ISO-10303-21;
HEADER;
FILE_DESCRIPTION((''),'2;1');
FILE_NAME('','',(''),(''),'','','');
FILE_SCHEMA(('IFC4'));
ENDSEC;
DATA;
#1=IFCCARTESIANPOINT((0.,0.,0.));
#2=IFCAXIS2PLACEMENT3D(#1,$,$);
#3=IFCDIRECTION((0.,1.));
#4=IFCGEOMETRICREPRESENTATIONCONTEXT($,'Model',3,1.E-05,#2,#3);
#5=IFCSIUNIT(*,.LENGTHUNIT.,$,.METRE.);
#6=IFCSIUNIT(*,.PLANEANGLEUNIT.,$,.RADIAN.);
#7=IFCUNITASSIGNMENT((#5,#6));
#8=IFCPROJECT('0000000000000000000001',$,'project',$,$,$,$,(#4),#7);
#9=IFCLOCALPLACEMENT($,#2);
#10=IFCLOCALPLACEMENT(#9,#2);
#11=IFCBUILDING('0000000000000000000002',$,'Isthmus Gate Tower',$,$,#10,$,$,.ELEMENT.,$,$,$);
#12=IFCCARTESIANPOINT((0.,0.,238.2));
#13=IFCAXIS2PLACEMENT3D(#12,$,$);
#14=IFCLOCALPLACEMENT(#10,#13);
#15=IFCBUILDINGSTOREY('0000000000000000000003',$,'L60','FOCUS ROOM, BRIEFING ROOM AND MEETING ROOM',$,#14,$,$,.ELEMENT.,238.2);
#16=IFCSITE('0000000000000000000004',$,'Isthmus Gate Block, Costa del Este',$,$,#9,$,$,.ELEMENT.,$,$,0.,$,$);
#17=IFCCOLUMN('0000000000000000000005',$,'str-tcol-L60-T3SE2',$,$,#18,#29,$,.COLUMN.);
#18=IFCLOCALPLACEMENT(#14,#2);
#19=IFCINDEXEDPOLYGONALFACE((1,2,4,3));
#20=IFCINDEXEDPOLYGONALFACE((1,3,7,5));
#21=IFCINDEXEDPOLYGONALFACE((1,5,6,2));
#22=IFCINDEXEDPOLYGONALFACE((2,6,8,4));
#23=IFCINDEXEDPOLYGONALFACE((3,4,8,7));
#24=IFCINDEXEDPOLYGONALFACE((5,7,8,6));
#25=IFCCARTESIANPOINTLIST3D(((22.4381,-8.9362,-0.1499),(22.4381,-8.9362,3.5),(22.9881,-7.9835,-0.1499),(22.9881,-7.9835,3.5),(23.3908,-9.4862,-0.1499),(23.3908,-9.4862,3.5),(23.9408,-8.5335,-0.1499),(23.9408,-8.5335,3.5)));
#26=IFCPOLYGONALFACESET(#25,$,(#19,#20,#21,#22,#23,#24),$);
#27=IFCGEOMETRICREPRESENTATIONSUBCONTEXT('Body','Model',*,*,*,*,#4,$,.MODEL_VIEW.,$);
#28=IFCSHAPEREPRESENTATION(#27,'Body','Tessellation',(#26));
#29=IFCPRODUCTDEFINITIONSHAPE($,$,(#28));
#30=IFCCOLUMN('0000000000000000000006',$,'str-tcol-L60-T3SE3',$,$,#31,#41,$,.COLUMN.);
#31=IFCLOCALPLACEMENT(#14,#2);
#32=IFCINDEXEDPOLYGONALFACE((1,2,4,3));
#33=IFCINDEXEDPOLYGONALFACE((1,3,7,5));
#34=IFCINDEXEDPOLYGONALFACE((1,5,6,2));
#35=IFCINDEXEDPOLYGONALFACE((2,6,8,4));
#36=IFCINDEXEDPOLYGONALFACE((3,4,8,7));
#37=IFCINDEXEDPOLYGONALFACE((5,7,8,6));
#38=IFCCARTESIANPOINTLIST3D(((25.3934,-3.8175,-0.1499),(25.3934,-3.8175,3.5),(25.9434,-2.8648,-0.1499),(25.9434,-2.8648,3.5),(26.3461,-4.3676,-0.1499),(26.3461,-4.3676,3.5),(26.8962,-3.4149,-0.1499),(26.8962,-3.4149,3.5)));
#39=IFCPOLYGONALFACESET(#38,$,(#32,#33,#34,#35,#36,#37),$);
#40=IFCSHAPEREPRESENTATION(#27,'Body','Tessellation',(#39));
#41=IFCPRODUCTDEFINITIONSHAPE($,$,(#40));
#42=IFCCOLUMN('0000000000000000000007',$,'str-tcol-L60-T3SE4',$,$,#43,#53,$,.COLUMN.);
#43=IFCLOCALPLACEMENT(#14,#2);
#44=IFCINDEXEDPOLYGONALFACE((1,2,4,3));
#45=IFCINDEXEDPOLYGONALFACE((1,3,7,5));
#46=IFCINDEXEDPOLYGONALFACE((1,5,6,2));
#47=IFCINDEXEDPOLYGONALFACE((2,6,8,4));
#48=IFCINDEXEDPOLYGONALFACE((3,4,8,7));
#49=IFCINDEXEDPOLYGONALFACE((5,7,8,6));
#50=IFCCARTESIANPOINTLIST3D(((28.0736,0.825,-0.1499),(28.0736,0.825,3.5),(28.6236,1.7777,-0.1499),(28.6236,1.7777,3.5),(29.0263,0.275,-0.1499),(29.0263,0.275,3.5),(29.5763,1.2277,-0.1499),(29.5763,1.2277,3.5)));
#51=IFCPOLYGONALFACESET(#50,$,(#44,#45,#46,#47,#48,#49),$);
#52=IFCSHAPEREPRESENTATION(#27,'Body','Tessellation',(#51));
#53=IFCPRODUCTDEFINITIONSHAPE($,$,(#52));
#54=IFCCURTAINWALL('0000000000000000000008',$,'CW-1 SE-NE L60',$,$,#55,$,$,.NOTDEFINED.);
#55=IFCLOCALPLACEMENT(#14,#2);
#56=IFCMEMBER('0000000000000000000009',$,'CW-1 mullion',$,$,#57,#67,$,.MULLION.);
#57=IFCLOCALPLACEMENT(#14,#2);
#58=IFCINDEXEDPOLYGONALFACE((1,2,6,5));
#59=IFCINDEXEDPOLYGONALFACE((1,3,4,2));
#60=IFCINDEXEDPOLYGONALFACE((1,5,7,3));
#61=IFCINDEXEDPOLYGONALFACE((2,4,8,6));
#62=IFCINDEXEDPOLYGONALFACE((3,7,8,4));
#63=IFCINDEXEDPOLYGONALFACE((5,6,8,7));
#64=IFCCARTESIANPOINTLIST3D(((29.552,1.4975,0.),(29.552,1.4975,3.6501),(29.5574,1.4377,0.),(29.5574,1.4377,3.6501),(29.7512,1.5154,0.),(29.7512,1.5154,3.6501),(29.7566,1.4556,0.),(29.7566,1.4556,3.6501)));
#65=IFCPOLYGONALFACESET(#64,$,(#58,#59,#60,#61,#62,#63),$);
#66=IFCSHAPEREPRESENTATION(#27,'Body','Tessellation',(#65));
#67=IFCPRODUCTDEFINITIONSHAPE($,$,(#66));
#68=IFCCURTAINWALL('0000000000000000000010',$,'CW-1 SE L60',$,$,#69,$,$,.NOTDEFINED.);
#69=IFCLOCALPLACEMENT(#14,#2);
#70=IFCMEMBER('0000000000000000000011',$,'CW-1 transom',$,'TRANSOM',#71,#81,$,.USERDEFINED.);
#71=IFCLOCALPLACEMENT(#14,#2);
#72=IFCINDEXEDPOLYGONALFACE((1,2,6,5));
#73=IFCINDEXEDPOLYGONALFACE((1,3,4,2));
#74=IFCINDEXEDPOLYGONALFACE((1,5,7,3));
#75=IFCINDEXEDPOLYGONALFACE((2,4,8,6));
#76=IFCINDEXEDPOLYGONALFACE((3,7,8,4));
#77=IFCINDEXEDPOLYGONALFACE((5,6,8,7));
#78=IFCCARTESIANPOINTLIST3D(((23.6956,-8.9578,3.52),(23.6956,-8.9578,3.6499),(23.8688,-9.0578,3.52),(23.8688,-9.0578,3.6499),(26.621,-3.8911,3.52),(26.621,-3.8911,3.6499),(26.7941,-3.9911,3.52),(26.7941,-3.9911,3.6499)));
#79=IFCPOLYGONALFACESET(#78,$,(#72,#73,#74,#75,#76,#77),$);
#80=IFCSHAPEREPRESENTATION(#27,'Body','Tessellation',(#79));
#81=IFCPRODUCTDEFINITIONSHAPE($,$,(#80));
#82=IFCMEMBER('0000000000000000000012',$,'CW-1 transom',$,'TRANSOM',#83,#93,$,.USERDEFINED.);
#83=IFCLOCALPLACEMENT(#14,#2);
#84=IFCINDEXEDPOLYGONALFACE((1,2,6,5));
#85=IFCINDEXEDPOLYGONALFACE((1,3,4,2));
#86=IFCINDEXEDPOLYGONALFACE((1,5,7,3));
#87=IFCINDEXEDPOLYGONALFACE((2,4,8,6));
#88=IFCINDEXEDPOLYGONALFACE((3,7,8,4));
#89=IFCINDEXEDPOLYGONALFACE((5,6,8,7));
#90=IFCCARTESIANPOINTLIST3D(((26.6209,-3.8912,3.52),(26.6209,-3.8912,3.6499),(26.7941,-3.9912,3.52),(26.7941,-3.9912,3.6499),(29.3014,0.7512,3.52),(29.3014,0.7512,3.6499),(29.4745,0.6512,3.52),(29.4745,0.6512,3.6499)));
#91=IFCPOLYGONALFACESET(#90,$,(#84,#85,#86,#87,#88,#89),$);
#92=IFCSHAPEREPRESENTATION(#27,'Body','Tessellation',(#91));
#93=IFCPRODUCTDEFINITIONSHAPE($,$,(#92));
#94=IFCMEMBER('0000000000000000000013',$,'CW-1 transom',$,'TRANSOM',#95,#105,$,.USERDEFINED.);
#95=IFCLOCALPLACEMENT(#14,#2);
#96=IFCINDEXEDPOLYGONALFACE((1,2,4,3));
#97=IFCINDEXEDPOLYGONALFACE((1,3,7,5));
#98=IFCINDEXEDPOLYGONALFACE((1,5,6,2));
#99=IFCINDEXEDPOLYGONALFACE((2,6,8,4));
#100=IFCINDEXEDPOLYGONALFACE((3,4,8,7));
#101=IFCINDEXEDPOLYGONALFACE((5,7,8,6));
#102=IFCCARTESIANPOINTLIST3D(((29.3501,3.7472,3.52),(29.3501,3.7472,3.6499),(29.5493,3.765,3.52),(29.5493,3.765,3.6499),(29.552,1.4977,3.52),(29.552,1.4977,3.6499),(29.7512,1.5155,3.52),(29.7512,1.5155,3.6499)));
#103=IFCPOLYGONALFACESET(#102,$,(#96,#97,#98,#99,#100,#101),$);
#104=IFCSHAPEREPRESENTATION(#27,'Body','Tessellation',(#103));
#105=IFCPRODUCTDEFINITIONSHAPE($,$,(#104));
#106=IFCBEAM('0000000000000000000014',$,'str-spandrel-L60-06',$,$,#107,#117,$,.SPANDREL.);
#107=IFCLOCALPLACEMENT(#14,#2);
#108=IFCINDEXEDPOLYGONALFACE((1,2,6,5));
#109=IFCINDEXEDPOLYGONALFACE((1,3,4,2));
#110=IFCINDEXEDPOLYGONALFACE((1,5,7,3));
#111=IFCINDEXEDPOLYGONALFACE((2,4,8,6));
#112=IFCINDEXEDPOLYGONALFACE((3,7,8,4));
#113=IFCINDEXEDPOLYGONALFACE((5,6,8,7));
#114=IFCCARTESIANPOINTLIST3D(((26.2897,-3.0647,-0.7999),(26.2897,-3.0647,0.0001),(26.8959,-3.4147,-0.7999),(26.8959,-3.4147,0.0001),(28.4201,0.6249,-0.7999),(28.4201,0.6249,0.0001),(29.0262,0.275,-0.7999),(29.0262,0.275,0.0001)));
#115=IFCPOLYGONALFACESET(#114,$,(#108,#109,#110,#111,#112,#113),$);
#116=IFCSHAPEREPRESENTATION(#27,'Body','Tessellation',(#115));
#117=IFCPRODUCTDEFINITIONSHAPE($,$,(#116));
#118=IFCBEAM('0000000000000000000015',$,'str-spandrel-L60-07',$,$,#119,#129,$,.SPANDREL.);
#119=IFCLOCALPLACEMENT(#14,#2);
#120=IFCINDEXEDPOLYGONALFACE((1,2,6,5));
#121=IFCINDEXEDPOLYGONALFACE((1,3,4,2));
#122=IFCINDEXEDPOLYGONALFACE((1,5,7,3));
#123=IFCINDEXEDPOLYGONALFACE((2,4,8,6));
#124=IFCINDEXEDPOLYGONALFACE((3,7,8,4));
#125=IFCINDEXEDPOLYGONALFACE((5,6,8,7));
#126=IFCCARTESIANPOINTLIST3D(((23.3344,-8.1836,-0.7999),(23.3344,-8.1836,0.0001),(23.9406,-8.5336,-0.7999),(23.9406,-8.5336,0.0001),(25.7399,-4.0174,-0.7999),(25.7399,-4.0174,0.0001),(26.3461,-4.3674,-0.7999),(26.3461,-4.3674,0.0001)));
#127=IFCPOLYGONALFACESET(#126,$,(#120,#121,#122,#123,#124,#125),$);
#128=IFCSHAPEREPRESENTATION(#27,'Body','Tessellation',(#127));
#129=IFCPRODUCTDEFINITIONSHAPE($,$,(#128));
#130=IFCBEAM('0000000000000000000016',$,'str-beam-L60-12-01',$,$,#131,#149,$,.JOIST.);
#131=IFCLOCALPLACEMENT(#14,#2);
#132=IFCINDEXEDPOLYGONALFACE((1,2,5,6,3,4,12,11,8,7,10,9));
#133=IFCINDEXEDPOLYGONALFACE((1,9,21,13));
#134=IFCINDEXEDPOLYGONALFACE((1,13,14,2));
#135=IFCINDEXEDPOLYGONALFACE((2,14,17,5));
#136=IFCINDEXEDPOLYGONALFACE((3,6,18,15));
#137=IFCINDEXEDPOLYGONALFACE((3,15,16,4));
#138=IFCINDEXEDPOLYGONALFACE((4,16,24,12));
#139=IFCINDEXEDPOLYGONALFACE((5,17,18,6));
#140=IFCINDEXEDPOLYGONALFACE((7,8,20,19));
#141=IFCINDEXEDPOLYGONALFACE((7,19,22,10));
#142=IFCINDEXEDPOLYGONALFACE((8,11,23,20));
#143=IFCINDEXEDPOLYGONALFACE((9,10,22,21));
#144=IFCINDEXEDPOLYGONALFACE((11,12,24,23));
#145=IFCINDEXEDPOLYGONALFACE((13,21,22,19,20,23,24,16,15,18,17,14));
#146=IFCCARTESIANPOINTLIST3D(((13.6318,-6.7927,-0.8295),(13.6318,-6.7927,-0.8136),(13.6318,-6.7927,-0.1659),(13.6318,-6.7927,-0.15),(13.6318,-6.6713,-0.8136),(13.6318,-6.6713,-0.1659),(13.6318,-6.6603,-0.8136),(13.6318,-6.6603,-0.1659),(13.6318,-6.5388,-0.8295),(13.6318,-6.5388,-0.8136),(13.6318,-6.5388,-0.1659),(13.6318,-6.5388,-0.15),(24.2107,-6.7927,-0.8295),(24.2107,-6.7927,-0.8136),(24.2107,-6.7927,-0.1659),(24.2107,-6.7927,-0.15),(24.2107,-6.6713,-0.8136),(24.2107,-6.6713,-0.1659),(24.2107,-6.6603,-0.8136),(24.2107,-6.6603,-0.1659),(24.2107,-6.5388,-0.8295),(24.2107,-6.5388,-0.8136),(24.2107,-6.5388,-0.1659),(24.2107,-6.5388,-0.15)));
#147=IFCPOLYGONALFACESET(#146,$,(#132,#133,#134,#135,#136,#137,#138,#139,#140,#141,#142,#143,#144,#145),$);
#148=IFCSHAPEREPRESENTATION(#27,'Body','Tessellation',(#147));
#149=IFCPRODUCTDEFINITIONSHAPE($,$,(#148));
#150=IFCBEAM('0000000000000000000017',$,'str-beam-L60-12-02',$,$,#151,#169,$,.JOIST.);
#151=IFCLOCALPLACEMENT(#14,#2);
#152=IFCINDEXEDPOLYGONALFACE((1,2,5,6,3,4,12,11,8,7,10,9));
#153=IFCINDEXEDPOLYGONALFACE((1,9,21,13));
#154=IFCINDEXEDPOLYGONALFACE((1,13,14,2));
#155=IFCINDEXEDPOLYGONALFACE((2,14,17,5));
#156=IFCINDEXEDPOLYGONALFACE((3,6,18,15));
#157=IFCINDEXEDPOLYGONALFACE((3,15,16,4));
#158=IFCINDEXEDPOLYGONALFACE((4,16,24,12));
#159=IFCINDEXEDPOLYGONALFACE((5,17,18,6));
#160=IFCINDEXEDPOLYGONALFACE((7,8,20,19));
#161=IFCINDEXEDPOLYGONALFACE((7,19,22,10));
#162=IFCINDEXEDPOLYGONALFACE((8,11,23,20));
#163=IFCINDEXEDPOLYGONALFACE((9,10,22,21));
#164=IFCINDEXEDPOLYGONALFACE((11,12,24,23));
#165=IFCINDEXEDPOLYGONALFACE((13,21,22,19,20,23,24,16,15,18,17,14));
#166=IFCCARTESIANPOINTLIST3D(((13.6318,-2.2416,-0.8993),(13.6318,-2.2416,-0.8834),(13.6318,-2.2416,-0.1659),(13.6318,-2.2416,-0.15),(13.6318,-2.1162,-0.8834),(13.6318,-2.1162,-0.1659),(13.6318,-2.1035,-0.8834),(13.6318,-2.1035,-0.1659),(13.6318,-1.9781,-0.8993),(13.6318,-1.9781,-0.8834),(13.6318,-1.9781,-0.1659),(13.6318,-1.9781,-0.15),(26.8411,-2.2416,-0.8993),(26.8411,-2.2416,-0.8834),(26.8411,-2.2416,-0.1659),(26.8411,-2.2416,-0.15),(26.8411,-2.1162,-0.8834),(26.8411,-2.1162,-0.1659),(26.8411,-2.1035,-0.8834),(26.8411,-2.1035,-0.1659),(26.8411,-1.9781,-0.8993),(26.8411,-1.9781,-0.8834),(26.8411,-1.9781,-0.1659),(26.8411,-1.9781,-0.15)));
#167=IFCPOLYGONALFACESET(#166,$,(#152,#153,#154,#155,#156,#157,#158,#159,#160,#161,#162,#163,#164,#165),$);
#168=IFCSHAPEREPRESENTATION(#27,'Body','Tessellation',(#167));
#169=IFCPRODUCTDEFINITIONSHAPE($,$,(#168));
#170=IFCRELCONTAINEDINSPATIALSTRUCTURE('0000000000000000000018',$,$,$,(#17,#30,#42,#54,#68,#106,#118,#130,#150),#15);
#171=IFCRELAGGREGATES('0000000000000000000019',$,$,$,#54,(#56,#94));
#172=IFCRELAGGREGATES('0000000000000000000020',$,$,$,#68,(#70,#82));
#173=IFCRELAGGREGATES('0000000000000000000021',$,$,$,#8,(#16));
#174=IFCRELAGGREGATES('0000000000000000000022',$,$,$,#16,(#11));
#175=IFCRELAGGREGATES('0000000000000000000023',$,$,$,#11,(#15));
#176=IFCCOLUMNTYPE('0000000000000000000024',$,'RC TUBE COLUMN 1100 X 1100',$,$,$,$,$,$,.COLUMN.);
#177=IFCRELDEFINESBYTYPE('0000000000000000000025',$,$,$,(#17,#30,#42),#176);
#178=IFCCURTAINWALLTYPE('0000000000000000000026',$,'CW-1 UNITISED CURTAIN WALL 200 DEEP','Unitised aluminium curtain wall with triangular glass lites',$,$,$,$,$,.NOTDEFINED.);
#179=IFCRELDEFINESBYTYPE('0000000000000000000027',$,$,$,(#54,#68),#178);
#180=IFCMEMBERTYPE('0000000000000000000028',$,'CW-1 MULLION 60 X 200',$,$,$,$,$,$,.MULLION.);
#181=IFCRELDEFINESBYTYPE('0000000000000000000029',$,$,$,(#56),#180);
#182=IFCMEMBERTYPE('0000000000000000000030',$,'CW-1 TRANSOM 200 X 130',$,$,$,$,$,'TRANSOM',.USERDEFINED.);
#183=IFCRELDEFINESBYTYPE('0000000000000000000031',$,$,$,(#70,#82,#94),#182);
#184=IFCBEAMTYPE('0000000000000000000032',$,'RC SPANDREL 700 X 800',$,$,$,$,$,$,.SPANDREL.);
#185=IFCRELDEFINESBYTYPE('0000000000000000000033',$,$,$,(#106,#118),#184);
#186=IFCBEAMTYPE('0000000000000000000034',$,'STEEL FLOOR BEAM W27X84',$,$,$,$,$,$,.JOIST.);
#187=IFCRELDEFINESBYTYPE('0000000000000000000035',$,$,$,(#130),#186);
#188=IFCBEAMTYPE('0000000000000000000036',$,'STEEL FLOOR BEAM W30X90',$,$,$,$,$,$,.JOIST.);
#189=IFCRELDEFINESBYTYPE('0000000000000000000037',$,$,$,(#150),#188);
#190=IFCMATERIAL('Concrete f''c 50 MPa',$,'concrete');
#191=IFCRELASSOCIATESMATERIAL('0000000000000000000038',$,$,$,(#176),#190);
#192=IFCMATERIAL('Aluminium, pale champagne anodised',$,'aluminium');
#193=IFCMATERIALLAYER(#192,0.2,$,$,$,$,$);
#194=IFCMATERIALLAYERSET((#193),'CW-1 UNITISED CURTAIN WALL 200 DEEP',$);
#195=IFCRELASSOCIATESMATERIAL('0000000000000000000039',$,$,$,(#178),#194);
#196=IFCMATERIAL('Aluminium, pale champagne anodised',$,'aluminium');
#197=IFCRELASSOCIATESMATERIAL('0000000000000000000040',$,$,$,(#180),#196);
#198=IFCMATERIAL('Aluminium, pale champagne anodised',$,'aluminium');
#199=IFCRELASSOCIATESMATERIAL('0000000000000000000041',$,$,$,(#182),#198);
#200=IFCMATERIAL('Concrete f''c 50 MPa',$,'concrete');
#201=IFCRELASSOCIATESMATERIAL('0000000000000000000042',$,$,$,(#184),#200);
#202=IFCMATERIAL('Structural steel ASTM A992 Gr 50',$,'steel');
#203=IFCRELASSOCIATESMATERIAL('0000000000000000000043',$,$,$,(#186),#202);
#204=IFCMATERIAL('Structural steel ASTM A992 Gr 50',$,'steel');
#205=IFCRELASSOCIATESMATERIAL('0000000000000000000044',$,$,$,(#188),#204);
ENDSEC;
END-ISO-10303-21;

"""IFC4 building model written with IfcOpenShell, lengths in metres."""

from ifc_helpers import new_model, si_unit, direction, frame, origin, origin_2d, place, context, subcontext, project, spatial, rectangle, i_section, extrude, material, layer, layer_set, material_profile, profile_set, type_object, element, aggregate, save


model = new_model("IFC4")

# Units and contexts
model_context = context("Model", 3, precision=1e-05, world=origin(), true_north=direction((0.0, 1.0)))
body_context = subcontext(model_context, "Body", "Model", "MODEL_VIEW")
ifc_project = project(units=[si_unit("LENGTHUNIT", "METRE"), si_unit("PLANEANGLEUNIT", "RADIAN")], contexts=[model_context])

# Site, building, storey
site_placement = place(None, origin())
site = spatial("IfcSite", under=ifc_project, at=site_placement, Name="Isthmus Gate Block, Costa del Este", CompositionType="ELEMENT", RefElevation=0.0)
building_placement = place(site_placement, origin())
building = spatial("IfcBuilding", under=site, at=building_placement, Name="Isthmus Gate Tower", CompositionType="ELEMENT")
storey_placement = place(building_placement, frame((0.0, 0.0, 238.2)))
storey = spatial("IfcBuildingStorey", under=building, at=storey_placement, Name="L60", Description="FOCUS ROOM, BRIEFING ROOM AND MEETING ROOM", CompositionType="ELEMENT", Elevation=238.2)

# Columns
ifc_material_1 = material(Name="Concrete f'c 50 MPa", Category="concrete")
ifc_material_profile_1 = material_profile(ifc_material_1, rectangle(XDim=1.1001, YDim=1.1001, at=origin_2d()), Name="RC 1100X1100")
ifc_profile_set_1 = profile_set([ifc_material_profile_1], Name="Concrete f'c 50 MPa")
column_type = type_object("IfcColumnType", Name="RC TUBE COLUMN 1100 X 1100", PredefinedType="COLUMN", material=ifc_profile_set_1)
for number, where, z_axis, x_axis, name in (
    (1, (23.1895, -8.7349, -0.1499), (0.0, 0.0, 1.0), (0.5, 0.866025, 0.0), "str-tcol-L60-T3SE2"),
    (2, (26.1448, -3.6162, -0.1499), (0.0, 0.0, 1.0), (0.5, 0.866025, 0.0), "str-tcol-L60-T3SE3"),
    (3, (28.825, 1.0264, -0.1499), (0.0, 0.0, 1.0), (0.5, 0.866025, 0.0), "str-tcol-L60-T3SE4"),
):
    element("IfcColumn", number, at=place(storey_placement, frame(where, z_axis=z_axis, x_axis=x_axis)), inside=storey, type_object=column_type, Name=name, PredefinedType="COLUMN", context=body_context, shape_type="SweptSolid", body=[
        extrude(rectangle(XDim=1.1001, YDim=1.1001, at=origin_2d()), origin(), (0.0, 0.0, 1.0), 3.6499),
    ])

# Curtain wall, member
ifc_material_2 = material(Name="Aluminium, pale champagne anodised", Category="aluminium")
ifc_layer_1 = layer(ifc_material_2, 0.2)
ifc_layer_set_1 = layer_set([ifc_layer_1], Name="CW-1 UNITISED CURTAIN WALL 200 DEEP")
curtain_wall_type = type_object("IfcCurtainWallType", Name="CW-1 UNITISED CURTAIN WALL 200 DEEP", Description="Unitised aluminium curtain wall with triangular glass lites", PredefinedType="NOTDEFINED", material=ifc_layer_set_1)
curtain_wall_1_placement = place(storey_placement, origin())
curtain_wall_1 = element("IfcCurtainWall", 4, at=curtain_wall_1_placement, inside=storey, type_object=curtain_wall_type, Name="CW-1 SE-NE L60", PredefinedType="NOTDEFINED")
ifc_material_3 = material(Name="Aluminium, pale champagne anodised", Category="aluminium")
ifc_material_profile_2 = material_profile(ifc_material_3, rectangle(XDim=0.0601, YDim=0.2, at=origin_2d()), Name="60x200")
ifc_profile_set_2 = profile_set([ifc_material_profile_2], Name="Aluminium, pale champagne anodised")
member_type_1 = type_object("IfcMemberType", Name="CW-1 MULLION 60 X 200", PredefinedType="MULLION", material=ifc_profile_set_2)
member_1_placement = place(storey_placement, frame((29.6543, 1.4766, 0.0), z_axis=(0.0, 0.0, 1.0), x_axis=(-0.089397, 0.995996, 0.0)))
member_1 = element("IfcMember", 5, at=member_1_placement, type_object=member_type_1, Name="CW-1 mullion", PredefinedType="MULLION", context=body_context, shape_type="SweptSolid", body=[
    extrude(rectangle(XDim=0.0601, YDim=0.2, at=origin_2d()), origin(), (0.0, 0.0, 1.0), 3.6501),
])

# Curtain wall, members
curtain_wall_2_placement = place(storey_placement, origin())
curtain_wall_2 = element("IfcCurtainWall", 6, at=curtain_wall_2_placement, inside=storey, type_object=curtain_wall_type, Name="CW-1 SE L60", PredefinedType="NOTDEFINED")
ifc_material_4 = material(Name="Aluminium, pale champagne anodised", Category="aluminium")
ifc_material_profile_3 = material_profile(ifc_material_4, rectangle(XDim=0.2, YDim=0.1299, at=origin_2d()), Name="200x130")
ifc_profile_set_3 = profile_set([ifc_material_profile_3], Name="Aluminium, pale champagne anodised")
member_type_2 = type_object("IfcMemberType", Name="CW-1 TRANSOM 200 X 130", ElementType="TRANSOM", PredefinedType="USERDEFINED", material=ifc_profile_set_3)
member_2_placement = place(storey_placement, frame((23.7822, -9.0078, 3.585), z_axis=(0.500008, 0.866021, 0.0), x_axis=(-0.866021, 0.500008, 0.0)))
member_2 = element("IfcMember", 7, at=member_2_placement, type_object=member_type_2, Name="CW-1 transom", ObjectType="TRANSOM", PredefinedType="USERDEFINED", context=body_context, shape_type="SweptSolid", body=[
    extrude(rectangle(XDim=0.2, YDim=0.1299, at=origin_2d()), origin(), (0.0, 0.0, 1.0), 5.8506),
])
member_3_placement = place(storey_placement, frame((26.7075, -3.9412, 3.585), z_axis=(0.500023, 0.866012, 0.0), x_axis=(-0.866012, 0.500023, 0.0)))
member_3 = element("IfcMember", 8, at=member_3_placement, type_object=member_type_2, Name="CW-1 transom", ObjectType="TRANSOM", PredefinedType="USERDEFINED", context=body_context, shape_type="SweptSolid", body=[
    extrude(rectangle(XDim=0.2, YDim=0.1299, at=origin_2d()), origin(), (0.0, 0.0, 1.0), 5.3606),
])

# Member
member_4_placement = place(storey_placement, frame((29.6516, 1.5066, 3.585), z_axis=(-0.089395, 0.995996, 0.0), x_axis=(-0.995996, -0.089395, 0.0)))
member_4 = element("IfcMember", 9, at=member_4_placement, type_object=member_type_2, Name="CW-1 transom", ObjectType="TRANSOM", PredefinedType="USERDEFINED", context=body_context, shape_type="SweptSolid", body=[
    extrude(rectangle(XDim=0.2, YDim=0.1299, at=origin_2d()), origin(), (0.0, 0.0, 1.0), 2.2585),
])
aggregate(curtain_wall_1, [member_1, member_4])

# Beams
ifc_material_5 = material(Name="Concrete f'c 50 MPa", Category="concrete")
ifc_material_profile_4 = material_profile(ifc_material_5, rectangle(XDim=0.7, YDim=0.8, at=origin_2d()), Name="RC 700X800")
ifc_profile_set_4 = profile_set([ifc_material_profile_4], Name="Concrete f'c 50 MPa")
beam_type_1 = type_object("IfcBeamType", Name="RC SPANDREL 700 X 800", PredefinedType="SPANDREL", material=ifc_profile_set_4)
beam_1_placement = place(storey_placement, frame((28.7231, 0.45, -0.3999), z_axis=(-0.500022, -0.866013, 0.0), x_axis=(0.866013, -0.500022, 0.0)))
element("IfcBeam", 10, at=beam_1_placement, inside=storey, type_object=beam_type_1, Name="str-spandrel-L60-06", PredefinedType="SPANDREL", context=body_context, shape_type="SweptSolid", body=[
    extrude(rectangle(XDim=0.7, YDim=0.8, at=origin_2d()), origin(), (0.0, 0.0, 1.0), 4.2605),
])
beam_2_placement = place(storey_placement, frame((26.043, -4.1924, -0.3999), z_axis=(-0.50002, -0.866014, 0.0), x_axis=(0.866014, -0.50002, 0.0)))
element("IfcBeam", 11, at=beam_2_placement, inside=storey, type_object=beam_type_1, Name="str-spandrel-L60-07", PredefinedType="SPANDREL", context=body_context, shape_type="SweptSolid", body=[
    extrude(rectangle(XDim=0.7, YDim=0.8, at=origin_2d()), origin(), (0.0, 0.0, 1.0), 4.8108),
])
ifc_material_6 = material(Name="Structural steel ASTM A992 Gr 50", Category="steel")
ifc_material_profile_5 = material_profile(ifc_material_6, i_section(OverallWidth=0.2539, OverallDepth=0.6794, WebThickness=0.011, FlangeThickness=0.0159, at=origin_2d()), Name="W27X84")
ifc_profile_set_5 = profile_set([ifc_material_profile_5], Name="Structural steel ASTM A992 Gr 50")
beam_type_2 = type_object("IfcBeamType", Name="STEEL FLOOR BEAM W27X84", PredefinedType="JOIST", material=ifc_profile_set_5)
beam_3_placement = place(storey_placement, frame((13.6318, -6.6658, -0.4897), z_axis=(1.0, 0.0, 0.0), x_axis=(0.0, 1.0, 0.0)))
element("IfcBeam", 12, at=beam_3_placement, inside=storey, type_object=beam_type_2, Name="str-beam-L60-12-01", PredefinedType="JOIST", context=body_context, shape_type="SweptSolid", body=[
    extrude(i_section(OverallWidth=0.2539, OverallDepth=0.6794, WebThickness=0.011, FlangeThickness=0.0159, at=origin_2d()), origin(), (0.0, 0.0, 1.0), 10.5789),
])
ifc_material_7 = material(Name="Structural steel ASTM A992 Gr 50", Category="steel")
ifc_material_profile_6 = material_profile(ifc_material_7, i_section(OverallWidth=0.2634, OverallDepth=0.7493, WebThickness=0.0127, FlangeThickness=0.0159, at=origin_2d()), Name="W30X90")
ifc_profile_set_6 = profile_set([ifc_material_profile_6], Name="Structural steel ASTM A992 Gr 50")
beam_type_3 = type_object("IfcBeamType", Name="STEEL FLOOR BEAM W30X90", PredefinedType="JOIST", material=ifc_profile_set_6)
beam_4_placement = place(storey_placement, frame((13.6318, -2.1099, -0.5247), z_axis=(1.0, 0.0, 0.0), x_axis=(0.0, 1.0, 0.0)))
element("IfcBeam", 13, at=beam_4_placement, inside=storey, type_object=beam_type_3, Name="str-beam-L60-12-02", PredefinedType="JOIST", context=body_context, shape_type="SweptSolid", body=[
    extrude(i_section(OverallWidth=0.2634, OverallDepth=0.7493, WebThickness=0.0127, FlangeThickness=0.0159, at=origin_2d()), origin(), (0.0, 0.0, 1.0), 13.2092),
])

aggregate(curtain_wall_2, [member_2, member_3])

save(model, "model.ifc")
